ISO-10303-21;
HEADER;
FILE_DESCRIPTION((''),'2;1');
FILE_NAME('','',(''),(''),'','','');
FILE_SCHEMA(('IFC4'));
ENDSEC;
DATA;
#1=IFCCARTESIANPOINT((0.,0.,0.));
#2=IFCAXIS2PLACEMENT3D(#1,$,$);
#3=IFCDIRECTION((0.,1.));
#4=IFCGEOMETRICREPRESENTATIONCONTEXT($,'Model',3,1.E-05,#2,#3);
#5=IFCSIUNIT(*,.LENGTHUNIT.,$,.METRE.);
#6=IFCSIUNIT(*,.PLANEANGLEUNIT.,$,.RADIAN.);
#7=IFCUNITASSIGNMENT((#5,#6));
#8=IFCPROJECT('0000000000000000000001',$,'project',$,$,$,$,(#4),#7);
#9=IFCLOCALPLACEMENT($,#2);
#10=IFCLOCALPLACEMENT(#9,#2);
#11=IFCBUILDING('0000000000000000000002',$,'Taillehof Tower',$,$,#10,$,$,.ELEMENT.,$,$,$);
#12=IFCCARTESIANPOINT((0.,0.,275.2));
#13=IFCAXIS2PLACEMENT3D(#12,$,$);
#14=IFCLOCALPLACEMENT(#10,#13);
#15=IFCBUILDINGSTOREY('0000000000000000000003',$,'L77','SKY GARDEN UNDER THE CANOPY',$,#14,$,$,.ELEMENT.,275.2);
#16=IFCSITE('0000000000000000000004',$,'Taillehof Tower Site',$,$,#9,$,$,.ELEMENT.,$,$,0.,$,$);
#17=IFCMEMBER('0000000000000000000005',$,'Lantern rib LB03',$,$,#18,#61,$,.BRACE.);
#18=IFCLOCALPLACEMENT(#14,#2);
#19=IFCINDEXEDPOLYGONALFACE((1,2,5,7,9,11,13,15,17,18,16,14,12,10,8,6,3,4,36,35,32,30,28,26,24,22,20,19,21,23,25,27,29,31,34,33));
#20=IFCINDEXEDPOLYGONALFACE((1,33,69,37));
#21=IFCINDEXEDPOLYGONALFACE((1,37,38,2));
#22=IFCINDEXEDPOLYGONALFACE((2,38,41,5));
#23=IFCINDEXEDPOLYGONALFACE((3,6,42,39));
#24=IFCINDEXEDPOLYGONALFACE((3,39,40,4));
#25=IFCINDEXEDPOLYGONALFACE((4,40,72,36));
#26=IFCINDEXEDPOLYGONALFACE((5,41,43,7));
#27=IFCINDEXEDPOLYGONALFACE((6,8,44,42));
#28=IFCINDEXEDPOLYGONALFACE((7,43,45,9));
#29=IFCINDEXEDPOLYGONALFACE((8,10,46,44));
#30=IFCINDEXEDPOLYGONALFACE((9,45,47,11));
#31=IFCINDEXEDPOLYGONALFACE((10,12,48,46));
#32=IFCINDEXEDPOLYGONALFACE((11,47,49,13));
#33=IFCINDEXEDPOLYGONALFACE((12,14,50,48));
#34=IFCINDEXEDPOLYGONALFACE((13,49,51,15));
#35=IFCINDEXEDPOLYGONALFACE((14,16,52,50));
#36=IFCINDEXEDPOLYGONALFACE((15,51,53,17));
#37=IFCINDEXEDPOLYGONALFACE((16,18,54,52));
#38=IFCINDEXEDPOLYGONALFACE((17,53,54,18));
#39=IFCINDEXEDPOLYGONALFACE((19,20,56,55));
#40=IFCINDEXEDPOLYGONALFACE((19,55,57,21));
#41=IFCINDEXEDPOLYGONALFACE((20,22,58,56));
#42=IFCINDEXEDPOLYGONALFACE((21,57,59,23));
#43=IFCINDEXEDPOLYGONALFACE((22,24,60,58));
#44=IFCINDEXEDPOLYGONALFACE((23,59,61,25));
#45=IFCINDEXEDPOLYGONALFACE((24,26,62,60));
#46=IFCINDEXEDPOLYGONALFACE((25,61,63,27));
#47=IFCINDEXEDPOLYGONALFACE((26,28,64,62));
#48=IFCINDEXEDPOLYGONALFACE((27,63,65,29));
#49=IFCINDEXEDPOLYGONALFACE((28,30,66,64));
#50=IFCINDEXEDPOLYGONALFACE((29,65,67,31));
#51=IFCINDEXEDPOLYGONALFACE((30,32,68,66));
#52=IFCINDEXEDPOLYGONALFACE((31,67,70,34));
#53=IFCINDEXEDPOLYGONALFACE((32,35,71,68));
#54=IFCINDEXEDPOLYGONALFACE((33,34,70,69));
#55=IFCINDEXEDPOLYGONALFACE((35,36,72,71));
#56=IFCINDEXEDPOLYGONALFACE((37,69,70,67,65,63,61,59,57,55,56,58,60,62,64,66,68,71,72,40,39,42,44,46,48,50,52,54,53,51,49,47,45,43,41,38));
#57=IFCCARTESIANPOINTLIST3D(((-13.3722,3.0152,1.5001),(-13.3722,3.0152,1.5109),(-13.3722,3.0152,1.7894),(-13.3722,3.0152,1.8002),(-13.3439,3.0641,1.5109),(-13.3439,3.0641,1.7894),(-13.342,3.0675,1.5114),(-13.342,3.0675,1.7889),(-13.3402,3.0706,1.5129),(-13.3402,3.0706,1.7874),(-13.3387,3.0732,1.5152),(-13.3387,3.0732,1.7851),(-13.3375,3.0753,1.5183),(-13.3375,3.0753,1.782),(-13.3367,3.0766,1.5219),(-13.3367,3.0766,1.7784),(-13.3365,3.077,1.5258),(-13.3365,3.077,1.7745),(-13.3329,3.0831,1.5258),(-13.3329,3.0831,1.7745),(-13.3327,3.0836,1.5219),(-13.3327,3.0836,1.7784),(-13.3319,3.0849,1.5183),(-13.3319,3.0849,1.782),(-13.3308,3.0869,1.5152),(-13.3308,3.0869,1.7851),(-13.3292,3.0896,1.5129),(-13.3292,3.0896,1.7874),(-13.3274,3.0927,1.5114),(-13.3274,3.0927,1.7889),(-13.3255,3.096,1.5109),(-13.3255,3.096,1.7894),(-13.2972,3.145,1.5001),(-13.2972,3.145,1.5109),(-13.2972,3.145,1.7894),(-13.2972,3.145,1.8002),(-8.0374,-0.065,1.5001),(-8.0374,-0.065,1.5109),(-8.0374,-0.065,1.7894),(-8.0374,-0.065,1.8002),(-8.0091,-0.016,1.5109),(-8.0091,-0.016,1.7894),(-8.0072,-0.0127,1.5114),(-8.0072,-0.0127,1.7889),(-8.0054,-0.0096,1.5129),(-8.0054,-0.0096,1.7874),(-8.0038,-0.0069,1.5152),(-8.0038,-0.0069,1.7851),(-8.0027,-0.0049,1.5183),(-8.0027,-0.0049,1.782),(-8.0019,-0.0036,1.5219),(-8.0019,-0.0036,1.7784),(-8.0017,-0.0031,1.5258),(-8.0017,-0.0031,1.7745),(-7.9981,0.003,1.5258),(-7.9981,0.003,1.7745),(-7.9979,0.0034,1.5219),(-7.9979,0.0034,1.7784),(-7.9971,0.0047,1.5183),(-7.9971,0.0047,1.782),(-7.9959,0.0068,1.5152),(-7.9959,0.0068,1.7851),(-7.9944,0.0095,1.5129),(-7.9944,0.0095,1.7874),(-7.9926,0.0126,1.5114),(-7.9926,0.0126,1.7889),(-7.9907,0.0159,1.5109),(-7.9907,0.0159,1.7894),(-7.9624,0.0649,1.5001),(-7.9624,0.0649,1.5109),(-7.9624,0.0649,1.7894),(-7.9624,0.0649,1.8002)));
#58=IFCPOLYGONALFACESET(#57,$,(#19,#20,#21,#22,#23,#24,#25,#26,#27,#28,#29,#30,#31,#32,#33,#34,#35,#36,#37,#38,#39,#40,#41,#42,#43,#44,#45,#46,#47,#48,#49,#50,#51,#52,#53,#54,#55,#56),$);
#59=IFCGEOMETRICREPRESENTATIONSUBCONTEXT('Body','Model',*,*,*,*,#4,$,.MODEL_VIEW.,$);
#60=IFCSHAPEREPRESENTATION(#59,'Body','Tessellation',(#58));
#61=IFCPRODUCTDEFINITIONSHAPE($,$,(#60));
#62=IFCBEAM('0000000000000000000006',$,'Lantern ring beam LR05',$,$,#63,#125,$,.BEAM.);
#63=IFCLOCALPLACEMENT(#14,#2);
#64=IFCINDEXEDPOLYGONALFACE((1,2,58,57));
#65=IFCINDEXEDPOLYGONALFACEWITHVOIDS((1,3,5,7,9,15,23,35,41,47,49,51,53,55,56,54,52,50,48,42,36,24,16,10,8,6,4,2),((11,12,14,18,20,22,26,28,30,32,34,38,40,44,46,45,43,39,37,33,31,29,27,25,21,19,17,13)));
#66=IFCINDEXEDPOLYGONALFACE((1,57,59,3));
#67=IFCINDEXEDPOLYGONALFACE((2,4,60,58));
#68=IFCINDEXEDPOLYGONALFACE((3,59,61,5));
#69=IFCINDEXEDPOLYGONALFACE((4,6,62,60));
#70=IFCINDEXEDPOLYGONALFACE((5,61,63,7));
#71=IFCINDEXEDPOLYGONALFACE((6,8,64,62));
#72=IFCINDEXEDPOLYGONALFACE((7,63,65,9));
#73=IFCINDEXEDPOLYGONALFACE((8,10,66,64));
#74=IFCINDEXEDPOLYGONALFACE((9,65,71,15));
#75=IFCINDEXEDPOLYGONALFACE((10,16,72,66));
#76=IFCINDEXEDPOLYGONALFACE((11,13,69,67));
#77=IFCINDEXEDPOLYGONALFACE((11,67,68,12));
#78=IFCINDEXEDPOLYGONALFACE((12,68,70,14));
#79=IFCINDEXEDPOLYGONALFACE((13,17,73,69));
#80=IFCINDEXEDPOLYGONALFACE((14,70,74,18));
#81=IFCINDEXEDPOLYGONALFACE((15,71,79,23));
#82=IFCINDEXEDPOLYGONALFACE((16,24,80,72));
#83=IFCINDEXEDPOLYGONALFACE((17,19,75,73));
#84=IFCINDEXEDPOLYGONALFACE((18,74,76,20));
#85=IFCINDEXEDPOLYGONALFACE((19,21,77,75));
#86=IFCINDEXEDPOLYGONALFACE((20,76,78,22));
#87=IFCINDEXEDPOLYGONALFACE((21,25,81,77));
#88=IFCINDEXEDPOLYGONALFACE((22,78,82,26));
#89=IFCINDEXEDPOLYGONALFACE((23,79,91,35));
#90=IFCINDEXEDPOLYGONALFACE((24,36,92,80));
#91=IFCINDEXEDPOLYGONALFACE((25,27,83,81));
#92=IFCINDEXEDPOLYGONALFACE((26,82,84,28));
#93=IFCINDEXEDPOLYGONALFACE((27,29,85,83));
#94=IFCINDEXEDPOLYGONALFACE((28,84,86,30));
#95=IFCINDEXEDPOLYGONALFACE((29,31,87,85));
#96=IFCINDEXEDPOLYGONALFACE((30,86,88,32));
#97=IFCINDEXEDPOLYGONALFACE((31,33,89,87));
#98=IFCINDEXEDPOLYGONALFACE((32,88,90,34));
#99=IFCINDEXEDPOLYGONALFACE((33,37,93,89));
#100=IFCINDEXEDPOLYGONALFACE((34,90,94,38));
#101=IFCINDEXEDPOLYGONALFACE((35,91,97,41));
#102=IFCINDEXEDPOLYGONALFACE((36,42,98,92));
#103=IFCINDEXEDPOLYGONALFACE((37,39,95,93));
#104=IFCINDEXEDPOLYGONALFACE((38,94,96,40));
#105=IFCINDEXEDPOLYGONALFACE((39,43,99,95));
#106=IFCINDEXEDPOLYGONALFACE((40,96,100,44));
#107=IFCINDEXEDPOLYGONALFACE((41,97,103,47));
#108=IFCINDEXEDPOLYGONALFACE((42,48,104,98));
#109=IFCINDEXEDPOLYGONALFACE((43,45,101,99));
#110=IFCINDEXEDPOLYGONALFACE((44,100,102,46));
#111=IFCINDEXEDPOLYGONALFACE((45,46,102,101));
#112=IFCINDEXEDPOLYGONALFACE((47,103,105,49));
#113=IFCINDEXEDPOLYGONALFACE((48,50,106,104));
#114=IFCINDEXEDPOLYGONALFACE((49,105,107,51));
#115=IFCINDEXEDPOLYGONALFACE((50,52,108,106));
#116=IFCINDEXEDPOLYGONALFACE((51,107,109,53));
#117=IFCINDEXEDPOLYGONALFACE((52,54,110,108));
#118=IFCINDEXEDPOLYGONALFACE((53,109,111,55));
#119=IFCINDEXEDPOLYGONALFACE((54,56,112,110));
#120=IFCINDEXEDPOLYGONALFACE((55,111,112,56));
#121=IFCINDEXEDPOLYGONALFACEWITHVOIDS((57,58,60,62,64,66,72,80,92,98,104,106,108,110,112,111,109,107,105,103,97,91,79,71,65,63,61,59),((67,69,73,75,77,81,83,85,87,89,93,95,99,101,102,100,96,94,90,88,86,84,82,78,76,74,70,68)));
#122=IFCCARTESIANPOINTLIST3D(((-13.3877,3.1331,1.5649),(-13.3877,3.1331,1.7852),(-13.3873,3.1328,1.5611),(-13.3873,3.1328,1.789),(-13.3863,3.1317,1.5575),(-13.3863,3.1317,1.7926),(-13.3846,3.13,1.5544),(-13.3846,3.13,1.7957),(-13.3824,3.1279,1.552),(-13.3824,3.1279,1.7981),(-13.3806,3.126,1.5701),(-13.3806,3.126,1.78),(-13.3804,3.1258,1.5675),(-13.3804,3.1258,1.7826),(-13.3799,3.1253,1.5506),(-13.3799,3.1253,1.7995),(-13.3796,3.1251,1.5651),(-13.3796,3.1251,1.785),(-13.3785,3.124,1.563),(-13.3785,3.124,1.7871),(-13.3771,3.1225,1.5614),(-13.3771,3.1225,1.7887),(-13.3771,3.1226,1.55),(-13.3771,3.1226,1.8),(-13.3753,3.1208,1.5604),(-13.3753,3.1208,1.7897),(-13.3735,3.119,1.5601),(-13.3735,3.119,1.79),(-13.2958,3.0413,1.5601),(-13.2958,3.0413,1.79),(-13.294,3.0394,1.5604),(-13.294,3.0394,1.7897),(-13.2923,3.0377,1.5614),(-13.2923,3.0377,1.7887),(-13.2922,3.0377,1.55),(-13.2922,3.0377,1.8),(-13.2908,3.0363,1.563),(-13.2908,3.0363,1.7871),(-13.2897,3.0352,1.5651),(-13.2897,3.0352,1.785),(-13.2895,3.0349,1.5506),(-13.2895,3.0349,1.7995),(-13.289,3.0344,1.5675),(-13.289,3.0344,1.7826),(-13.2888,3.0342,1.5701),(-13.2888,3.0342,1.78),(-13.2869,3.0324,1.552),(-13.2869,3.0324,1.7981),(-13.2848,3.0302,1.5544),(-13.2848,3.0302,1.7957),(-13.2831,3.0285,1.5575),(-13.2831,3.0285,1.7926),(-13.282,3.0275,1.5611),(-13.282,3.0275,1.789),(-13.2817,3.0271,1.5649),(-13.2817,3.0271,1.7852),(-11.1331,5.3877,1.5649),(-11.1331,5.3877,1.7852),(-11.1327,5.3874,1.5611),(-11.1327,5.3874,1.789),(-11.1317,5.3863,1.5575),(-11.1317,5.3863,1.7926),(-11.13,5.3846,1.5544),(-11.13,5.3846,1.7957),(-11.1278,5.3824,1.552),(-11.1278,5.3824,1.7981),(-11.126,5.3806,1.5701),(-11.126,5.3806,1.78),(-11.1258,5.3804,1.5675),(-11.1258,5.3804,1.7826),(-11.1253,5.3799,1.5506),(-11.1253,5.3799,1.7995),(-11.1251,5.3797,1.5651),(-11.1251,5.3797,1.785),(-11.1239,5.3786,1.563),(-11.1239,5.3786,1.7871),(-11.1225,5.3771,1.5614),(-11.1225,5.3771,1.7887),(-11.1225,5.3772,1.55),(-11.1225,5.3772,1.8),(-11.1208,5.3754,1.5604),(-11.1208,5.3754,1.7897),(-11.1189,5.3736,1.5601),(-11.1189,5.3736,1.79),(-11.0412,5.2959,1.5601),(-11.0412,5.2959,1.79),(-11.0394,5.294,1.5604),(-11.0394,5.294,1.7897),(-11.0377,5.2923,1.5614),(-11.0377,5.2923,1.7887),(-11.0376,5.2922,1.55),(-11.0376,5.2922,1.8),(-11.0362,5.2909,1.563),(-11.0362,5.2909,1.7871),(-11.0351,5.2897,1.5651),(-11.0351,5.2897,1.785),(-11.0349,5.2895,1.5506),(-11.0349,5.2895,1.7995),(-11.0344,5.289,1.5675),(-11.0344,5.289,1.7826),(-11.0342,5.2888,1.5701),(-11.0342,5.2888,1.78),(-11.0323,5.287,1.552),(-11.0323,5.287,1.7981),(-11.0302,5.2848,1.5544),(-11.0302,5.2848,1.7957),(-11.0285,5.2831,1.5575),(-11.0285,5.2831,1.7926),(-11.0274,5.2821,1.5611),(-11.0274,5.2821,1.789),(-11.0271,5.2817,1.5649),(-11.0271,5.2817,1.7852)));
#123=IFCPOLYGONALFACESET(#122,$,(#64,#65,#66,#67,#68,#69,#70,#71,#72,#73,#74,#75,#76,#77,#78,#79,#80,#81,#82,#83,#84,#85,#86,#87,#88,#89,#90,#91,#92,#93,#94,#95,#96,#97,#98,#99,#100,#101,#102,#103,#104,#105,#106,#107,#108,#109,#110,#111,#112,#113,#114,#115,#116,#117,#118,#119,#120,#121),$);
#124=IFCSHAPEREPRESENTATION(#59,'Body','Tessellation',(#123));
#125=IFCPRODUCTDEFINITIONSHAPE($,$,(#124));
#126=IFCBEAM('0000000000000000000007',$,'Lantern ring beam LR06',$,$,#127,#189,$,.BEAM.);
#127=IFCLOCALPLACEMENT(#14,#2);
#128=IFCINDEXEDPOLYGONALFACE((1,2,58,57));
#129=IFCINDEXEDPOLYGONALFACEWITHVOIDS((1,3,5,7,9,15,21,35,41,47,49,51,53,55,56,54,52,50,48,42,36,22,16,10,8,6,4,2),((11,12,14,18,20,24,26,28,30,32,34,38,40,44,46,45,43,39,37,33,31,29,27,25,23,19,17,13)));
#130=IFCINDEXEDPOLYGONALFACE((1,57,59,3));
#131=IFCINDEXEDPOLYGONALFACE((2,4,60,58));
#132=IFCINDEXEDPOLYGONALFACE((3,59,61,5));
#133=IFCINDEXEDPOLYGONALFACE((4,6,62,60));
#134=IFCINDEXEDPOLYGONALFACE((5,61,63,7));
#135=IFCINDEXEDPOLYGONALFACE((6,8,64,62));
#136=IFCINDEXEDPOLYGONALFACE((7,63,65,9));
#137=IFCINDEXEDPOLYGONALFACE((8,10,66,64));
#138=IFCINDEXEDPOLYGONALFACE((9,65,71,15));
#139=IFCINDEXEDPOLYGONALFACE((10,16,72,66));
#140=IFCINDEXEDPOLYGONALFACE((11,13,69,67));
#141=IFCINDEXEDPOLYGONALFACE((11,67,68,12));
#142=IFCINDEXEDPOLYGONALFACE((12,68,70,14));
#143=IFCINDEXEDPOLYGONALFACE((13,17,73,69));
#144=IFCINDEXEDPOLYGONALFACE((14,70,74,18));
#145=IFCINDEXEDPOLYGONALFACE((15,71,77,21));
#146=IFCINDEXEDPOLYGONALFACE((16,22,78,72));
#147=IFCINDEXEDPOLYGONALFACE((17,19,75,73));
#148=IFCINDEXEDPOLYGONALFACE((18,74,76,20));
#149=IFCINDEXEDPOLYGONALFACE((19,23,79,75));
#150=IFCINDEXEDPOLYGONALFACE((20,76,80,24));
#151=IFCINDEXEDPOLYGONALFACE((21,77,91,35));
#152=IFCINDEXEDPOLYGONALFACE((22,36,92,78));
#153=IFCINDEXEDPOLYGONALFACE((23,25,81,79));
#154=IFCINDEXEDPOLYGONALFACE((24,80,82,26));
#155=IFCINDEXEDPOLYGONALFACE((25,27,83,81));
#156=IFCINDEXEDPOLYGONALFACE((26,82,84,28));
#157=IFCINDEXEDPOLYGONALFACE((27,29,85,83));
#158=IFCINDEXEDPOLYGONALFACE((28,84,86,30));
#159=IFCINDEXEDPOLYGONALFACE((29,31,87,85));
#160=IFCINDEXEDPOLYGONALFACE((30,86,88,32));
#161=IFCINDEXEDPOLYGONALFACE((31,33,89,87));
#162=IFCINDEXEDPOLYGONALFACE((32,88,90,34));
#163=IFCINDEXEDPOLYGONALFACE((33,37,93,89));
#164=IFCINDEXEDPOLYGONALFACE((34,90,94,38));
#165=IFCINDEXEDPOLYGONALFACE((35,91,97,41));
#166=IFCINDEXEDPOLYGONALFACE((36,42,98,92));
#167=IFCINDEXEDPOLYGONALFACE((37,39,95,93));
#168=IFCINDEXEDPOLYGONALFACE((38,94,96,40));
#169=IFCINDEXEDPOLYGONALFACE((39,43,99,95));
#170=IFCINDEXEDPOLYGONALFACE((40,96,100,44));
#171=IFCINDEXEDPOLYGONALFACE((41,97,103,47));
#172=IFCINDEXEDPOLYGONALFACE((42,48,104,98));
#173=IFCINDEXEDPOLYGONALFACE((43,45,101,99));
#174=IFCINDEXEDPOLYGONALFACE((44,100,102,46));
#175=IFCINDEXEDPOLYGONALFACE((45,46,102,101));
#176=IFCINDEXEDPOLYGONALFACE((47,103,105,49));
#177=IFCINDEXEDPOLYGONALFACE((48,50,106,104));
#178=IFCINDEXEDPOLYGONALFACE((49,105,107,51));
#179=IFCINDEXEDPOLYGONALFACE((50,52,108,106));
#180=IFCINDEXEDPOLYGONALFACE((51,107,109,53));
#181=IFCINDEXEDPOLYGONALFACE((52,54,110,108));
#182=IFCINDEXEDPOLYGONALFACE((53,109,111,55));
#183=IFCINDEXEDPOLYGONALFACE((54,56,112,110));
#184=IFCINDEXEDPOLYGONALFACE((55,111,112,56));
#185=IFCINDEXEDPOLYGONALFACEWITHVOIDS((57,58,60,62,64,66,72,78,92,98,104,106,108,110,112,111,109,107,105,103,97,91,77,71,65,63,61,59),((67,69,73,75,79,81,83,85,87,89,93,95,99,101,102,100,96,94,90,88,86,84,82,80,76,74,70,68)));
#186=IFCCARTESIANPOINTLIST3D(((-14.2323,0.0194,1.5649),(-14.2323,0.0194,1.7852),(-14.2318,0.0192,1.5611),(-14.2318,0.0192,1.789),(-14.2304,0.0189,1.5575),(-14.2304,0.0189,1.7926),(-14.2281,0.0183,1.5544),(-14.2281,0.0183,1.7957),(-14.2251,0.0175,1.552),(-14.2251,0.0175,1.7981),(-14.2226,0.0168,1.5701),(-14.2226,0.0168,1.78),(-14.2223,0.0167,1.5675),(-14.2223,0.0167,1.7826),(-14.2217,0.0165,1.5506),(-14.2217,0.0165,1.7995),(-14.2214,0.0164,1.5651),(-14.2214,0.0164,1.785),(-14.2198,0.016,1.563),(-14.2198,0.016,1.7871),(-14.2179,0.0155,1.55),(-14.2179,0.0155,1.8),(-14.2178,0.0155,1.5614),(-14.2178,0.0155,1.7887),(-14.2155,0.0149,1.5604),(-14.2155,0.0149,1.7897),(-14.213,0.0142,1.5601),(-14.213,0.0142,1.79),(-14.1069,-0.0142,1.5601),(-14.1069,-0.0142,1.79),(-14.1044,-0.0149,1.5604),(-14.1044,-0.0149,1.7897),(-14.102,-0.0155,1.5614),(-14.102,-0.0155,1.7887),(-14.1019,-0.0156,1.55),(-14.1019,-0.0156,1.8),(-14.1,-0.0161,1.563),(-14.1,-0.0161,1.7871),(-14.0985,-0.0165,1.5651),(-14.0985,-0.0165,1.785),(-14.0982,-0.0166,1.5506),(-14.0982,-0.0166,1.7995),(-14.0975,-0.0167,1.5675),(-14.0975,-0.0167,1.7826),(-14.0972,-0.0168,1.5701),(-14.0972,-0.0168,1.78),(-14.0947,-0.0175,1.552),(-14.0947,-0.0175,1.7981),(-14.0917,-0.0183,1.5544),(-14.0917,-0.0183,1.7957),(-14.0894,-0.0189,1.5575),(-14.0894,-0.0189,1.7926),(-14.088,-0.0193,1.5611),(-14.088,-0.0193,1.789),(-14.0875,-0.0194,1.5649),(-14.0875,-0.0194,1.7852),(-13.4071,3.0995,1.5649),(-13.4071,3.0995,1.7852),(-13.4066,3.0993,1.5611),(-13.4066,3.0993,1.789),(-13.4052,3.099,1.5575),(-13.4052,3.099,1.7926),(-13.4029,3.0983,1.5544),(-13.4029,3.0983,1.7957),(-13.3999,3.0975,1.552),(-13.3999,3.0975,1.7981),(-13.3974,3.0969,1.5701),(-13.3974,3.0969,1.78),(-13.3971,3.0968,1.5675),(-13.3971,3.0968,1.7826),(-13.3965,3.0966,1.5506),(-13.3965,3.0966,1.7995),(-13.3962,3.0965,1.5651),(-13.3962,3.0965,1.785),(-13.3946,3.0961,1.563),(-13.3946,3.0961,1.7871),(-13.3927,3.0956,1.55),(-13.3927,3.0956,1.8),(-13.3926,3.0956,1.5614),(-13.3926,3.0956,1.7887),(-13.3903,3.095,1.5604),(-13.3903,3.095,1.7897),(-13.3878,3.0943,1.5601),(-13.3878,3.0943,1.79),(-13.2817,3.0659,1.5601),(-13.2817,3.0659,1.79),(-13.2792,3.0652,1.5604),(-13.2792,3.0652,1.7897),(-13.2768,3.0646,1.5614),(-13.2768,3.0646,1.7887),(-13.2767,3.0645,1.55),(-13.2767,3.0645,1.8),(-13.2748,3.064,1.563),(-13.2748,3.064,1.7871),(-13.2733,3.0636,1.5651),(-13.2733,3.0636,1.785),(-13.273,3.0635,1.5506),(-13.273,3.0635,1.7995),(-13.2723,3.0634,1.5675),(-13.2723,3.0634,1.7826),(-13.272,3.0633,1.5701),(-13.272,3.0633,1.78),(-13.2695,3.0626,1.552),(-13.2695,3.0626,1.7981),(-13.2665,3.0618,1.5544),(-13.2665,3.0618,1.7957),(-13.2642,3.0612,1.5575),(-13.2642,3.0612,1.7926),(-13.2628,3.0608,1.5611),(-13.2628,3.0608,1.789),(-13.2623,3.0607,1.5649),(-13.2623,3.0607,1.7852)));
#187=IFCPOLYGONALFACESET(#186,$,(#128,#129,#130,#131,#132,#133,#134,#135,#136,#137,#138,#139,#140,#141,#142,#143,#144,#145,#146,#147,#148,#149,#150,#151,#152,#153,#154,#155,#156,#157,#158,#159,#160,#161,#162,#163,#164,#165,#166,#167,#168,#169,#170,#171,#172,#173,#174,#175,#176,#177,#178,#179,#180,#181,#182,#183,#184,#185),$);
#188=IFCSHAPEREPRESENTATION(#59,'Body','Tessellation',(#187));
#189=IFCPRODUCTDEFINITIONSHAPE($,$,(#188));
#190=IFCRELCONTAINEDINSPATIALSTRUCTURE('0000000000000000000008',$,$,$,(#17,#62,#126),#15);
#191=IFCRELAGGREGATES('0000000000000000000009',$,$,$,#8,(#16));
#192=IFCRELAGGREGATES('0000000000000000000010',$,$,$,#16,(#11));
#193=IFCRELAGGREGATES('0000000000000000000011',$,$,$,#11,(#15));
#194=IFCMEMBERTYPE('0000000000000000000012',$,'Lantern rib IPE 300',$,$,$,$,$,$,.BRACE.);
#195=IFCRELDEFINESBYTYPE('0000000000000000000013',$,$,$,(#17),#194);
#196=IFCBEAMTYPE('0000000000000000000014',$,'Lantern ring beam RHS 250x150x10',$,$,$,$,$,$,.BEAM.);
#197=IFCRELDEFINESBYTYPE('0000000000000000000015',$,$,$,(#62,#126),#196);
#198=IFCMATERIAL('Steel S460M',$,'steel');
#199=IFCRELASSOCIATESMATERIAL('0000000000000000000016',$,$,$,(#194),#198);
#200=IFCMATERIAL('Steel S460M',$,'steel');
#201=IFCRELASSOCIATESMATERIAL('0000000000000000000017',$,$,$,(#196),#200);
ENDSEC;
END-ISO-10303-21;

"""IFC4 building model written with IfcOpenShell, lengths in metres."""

from ifc_helpers import new_model, si_unit, direction, frame, origin, origin_2d, place, context, subcontext, project, spatial, hollow_rectangle, i_section, extrude, material, material_profile, profile_set, type_object, element, save


model = new_model("IFC4")

# Units and contexts
model_context = context("Model", 3, precision=1e-05, world=origin(), true_north=direction((0.0, 1.0)))
body_context = subcontext(model_context, "Body", "Model", "MODEL_VIEW")
ifc_project = project(units=[si_unit("LENGTHUNIT", "METRE"), si_unit("PLANEANGLEUNIT", "RADIAN")], contexts=[model_context])

# Site, building, storey
site_placement = place(None, origin())
site = spatial("IfcSite", under=ifc_project, at=site_placement, Name="Taillehof Tower Site", CompositionType="ELEMENT", RefElevation=0.0)
building_placement = place(site_placement, origin())
building = spatial("IfcBuilding", under=site, at=building_placement, Name="Taillehof Tower", CompositionType="ELEMENT")
storey_placement = place(building_placement, frame((0.0, 0.0, 275.2)))
storey = spatial("IfcBuildingStorey", under=building, at=storey_placement, Name="L77", Description="SKY GARDEN UNDER THE CANOPY", CompositionType="ELEMENT", Elevation=275.2)

# Member
ifc_material_1 = material(Name="Steel S460M", Category="steel")
ifc_material_profile_1 = material_profile(ifc_material_1, i_section(OverallWidth=0.1499, OverallDepth=0.3, WebThickness=0.0071, FlangeThickness=0.0107, FilletRadius=0.0149, at=origin_2d()), Name="IPE 300")
ifc_profile_set_1 = profile_set([ifc_material_profile_1], Name="Steel S460M")
member_type_1 = type_object("IfcMemberType", Name="Lantern rib IPE 300", PredefinedType="BRACE", material=ifc_profile_set_1)
member_1_placement = place(storey_placement, frame((-13.3347, 3.0801, 1.6501), z_axis=(0.86602, -0.500009, 0.0), x_axis=(0.500009, 0.86602, 0.0)))
element("IfcMember", 1, at=member_1_placement, inside=storey, type_object=member_type_1, Name="Lantern rib LB03", PredefinedType="BRACE", context=body_context, shape_type="SweptSolid", body=[
    extrude(i_section(OverallWidth=0.1499, OverallDepth=0.3, WebThickness=0.0071, FlangeThickness=0.0107, FilletRadius=0.0149, at=origin_2d()), origin(), (0.0, 0.0, 1.0), 6.1602),
])

# Beams
ifc_material_2 = material(Name="Steel S460M", Category="steel")
ifc_material_profile_2 = material_profile(ifc_material_2, hollow_rectangle(XDim=0.1499, YDim=0.25, WallThickness=0.01, InnerFilletRadius=0.01, OuterFilletRadius=0.0149, at=origin_2d()), Name="RHS 250x150x10")
ifc_profile_set_2 = profile_set([ifc_material_profile_2], Name="Steel S460M")
beam_type = type_object("IfcBeamType", Name="Lantern ring beam RHS 250x150x10", PredefinedType="BEAM", material=ifc_profile_set_2)
beam_1_placement = place(storey_placement, frame((-11.0801, 5.3347, 1.675), z_axis=(-0.707107, -0.707107, 0.0), x_axis=(0.707107, -0.707107, 0.0)))
element("IfcBeam", 2, at=beam_1_placement, inside=storey, type_object=beam_type, Name="Lantern ring beam LR05", PredefinedType="BEAM", context=body_context, shape_type="SweptSolid", body=[
    extrude(hollow_rectangle(XDim=0.1499, YDim=0.25, WallThickness=0.01, InnerFilletRadius=0.01, OuterFilletRadius=0.0149, at=origin_2d()), origin(), (0.0, 0.0, 1.0), 3.1885),
])
beam_2_placement = place(storey_placement, frame((-13.3347, 3.0801, 1.675), z_axis=(-0.258787, -0.965934, 0.0), x_axis=(0.965934, -0.258787, 0.0)))
element("IfcBeam", 3, at=beam_2_placement, inside=storey, type_object=beam_type, Name="Lantern ring beam LR06", PredefinedType="BEAM", context=body_context, shape_type="SweptSolid", body=[
    extrude(hollow_rectangle(XDim=0.1499, YDim=0.25, WallThickness=0.01, InnerFilletRadius=0.01, OuterFilletRadius=0.0149, at=origin_2d()), origin(), (0.0, 0.0, 1.0), 3.1887),
])

save(model, "model.ifc")
